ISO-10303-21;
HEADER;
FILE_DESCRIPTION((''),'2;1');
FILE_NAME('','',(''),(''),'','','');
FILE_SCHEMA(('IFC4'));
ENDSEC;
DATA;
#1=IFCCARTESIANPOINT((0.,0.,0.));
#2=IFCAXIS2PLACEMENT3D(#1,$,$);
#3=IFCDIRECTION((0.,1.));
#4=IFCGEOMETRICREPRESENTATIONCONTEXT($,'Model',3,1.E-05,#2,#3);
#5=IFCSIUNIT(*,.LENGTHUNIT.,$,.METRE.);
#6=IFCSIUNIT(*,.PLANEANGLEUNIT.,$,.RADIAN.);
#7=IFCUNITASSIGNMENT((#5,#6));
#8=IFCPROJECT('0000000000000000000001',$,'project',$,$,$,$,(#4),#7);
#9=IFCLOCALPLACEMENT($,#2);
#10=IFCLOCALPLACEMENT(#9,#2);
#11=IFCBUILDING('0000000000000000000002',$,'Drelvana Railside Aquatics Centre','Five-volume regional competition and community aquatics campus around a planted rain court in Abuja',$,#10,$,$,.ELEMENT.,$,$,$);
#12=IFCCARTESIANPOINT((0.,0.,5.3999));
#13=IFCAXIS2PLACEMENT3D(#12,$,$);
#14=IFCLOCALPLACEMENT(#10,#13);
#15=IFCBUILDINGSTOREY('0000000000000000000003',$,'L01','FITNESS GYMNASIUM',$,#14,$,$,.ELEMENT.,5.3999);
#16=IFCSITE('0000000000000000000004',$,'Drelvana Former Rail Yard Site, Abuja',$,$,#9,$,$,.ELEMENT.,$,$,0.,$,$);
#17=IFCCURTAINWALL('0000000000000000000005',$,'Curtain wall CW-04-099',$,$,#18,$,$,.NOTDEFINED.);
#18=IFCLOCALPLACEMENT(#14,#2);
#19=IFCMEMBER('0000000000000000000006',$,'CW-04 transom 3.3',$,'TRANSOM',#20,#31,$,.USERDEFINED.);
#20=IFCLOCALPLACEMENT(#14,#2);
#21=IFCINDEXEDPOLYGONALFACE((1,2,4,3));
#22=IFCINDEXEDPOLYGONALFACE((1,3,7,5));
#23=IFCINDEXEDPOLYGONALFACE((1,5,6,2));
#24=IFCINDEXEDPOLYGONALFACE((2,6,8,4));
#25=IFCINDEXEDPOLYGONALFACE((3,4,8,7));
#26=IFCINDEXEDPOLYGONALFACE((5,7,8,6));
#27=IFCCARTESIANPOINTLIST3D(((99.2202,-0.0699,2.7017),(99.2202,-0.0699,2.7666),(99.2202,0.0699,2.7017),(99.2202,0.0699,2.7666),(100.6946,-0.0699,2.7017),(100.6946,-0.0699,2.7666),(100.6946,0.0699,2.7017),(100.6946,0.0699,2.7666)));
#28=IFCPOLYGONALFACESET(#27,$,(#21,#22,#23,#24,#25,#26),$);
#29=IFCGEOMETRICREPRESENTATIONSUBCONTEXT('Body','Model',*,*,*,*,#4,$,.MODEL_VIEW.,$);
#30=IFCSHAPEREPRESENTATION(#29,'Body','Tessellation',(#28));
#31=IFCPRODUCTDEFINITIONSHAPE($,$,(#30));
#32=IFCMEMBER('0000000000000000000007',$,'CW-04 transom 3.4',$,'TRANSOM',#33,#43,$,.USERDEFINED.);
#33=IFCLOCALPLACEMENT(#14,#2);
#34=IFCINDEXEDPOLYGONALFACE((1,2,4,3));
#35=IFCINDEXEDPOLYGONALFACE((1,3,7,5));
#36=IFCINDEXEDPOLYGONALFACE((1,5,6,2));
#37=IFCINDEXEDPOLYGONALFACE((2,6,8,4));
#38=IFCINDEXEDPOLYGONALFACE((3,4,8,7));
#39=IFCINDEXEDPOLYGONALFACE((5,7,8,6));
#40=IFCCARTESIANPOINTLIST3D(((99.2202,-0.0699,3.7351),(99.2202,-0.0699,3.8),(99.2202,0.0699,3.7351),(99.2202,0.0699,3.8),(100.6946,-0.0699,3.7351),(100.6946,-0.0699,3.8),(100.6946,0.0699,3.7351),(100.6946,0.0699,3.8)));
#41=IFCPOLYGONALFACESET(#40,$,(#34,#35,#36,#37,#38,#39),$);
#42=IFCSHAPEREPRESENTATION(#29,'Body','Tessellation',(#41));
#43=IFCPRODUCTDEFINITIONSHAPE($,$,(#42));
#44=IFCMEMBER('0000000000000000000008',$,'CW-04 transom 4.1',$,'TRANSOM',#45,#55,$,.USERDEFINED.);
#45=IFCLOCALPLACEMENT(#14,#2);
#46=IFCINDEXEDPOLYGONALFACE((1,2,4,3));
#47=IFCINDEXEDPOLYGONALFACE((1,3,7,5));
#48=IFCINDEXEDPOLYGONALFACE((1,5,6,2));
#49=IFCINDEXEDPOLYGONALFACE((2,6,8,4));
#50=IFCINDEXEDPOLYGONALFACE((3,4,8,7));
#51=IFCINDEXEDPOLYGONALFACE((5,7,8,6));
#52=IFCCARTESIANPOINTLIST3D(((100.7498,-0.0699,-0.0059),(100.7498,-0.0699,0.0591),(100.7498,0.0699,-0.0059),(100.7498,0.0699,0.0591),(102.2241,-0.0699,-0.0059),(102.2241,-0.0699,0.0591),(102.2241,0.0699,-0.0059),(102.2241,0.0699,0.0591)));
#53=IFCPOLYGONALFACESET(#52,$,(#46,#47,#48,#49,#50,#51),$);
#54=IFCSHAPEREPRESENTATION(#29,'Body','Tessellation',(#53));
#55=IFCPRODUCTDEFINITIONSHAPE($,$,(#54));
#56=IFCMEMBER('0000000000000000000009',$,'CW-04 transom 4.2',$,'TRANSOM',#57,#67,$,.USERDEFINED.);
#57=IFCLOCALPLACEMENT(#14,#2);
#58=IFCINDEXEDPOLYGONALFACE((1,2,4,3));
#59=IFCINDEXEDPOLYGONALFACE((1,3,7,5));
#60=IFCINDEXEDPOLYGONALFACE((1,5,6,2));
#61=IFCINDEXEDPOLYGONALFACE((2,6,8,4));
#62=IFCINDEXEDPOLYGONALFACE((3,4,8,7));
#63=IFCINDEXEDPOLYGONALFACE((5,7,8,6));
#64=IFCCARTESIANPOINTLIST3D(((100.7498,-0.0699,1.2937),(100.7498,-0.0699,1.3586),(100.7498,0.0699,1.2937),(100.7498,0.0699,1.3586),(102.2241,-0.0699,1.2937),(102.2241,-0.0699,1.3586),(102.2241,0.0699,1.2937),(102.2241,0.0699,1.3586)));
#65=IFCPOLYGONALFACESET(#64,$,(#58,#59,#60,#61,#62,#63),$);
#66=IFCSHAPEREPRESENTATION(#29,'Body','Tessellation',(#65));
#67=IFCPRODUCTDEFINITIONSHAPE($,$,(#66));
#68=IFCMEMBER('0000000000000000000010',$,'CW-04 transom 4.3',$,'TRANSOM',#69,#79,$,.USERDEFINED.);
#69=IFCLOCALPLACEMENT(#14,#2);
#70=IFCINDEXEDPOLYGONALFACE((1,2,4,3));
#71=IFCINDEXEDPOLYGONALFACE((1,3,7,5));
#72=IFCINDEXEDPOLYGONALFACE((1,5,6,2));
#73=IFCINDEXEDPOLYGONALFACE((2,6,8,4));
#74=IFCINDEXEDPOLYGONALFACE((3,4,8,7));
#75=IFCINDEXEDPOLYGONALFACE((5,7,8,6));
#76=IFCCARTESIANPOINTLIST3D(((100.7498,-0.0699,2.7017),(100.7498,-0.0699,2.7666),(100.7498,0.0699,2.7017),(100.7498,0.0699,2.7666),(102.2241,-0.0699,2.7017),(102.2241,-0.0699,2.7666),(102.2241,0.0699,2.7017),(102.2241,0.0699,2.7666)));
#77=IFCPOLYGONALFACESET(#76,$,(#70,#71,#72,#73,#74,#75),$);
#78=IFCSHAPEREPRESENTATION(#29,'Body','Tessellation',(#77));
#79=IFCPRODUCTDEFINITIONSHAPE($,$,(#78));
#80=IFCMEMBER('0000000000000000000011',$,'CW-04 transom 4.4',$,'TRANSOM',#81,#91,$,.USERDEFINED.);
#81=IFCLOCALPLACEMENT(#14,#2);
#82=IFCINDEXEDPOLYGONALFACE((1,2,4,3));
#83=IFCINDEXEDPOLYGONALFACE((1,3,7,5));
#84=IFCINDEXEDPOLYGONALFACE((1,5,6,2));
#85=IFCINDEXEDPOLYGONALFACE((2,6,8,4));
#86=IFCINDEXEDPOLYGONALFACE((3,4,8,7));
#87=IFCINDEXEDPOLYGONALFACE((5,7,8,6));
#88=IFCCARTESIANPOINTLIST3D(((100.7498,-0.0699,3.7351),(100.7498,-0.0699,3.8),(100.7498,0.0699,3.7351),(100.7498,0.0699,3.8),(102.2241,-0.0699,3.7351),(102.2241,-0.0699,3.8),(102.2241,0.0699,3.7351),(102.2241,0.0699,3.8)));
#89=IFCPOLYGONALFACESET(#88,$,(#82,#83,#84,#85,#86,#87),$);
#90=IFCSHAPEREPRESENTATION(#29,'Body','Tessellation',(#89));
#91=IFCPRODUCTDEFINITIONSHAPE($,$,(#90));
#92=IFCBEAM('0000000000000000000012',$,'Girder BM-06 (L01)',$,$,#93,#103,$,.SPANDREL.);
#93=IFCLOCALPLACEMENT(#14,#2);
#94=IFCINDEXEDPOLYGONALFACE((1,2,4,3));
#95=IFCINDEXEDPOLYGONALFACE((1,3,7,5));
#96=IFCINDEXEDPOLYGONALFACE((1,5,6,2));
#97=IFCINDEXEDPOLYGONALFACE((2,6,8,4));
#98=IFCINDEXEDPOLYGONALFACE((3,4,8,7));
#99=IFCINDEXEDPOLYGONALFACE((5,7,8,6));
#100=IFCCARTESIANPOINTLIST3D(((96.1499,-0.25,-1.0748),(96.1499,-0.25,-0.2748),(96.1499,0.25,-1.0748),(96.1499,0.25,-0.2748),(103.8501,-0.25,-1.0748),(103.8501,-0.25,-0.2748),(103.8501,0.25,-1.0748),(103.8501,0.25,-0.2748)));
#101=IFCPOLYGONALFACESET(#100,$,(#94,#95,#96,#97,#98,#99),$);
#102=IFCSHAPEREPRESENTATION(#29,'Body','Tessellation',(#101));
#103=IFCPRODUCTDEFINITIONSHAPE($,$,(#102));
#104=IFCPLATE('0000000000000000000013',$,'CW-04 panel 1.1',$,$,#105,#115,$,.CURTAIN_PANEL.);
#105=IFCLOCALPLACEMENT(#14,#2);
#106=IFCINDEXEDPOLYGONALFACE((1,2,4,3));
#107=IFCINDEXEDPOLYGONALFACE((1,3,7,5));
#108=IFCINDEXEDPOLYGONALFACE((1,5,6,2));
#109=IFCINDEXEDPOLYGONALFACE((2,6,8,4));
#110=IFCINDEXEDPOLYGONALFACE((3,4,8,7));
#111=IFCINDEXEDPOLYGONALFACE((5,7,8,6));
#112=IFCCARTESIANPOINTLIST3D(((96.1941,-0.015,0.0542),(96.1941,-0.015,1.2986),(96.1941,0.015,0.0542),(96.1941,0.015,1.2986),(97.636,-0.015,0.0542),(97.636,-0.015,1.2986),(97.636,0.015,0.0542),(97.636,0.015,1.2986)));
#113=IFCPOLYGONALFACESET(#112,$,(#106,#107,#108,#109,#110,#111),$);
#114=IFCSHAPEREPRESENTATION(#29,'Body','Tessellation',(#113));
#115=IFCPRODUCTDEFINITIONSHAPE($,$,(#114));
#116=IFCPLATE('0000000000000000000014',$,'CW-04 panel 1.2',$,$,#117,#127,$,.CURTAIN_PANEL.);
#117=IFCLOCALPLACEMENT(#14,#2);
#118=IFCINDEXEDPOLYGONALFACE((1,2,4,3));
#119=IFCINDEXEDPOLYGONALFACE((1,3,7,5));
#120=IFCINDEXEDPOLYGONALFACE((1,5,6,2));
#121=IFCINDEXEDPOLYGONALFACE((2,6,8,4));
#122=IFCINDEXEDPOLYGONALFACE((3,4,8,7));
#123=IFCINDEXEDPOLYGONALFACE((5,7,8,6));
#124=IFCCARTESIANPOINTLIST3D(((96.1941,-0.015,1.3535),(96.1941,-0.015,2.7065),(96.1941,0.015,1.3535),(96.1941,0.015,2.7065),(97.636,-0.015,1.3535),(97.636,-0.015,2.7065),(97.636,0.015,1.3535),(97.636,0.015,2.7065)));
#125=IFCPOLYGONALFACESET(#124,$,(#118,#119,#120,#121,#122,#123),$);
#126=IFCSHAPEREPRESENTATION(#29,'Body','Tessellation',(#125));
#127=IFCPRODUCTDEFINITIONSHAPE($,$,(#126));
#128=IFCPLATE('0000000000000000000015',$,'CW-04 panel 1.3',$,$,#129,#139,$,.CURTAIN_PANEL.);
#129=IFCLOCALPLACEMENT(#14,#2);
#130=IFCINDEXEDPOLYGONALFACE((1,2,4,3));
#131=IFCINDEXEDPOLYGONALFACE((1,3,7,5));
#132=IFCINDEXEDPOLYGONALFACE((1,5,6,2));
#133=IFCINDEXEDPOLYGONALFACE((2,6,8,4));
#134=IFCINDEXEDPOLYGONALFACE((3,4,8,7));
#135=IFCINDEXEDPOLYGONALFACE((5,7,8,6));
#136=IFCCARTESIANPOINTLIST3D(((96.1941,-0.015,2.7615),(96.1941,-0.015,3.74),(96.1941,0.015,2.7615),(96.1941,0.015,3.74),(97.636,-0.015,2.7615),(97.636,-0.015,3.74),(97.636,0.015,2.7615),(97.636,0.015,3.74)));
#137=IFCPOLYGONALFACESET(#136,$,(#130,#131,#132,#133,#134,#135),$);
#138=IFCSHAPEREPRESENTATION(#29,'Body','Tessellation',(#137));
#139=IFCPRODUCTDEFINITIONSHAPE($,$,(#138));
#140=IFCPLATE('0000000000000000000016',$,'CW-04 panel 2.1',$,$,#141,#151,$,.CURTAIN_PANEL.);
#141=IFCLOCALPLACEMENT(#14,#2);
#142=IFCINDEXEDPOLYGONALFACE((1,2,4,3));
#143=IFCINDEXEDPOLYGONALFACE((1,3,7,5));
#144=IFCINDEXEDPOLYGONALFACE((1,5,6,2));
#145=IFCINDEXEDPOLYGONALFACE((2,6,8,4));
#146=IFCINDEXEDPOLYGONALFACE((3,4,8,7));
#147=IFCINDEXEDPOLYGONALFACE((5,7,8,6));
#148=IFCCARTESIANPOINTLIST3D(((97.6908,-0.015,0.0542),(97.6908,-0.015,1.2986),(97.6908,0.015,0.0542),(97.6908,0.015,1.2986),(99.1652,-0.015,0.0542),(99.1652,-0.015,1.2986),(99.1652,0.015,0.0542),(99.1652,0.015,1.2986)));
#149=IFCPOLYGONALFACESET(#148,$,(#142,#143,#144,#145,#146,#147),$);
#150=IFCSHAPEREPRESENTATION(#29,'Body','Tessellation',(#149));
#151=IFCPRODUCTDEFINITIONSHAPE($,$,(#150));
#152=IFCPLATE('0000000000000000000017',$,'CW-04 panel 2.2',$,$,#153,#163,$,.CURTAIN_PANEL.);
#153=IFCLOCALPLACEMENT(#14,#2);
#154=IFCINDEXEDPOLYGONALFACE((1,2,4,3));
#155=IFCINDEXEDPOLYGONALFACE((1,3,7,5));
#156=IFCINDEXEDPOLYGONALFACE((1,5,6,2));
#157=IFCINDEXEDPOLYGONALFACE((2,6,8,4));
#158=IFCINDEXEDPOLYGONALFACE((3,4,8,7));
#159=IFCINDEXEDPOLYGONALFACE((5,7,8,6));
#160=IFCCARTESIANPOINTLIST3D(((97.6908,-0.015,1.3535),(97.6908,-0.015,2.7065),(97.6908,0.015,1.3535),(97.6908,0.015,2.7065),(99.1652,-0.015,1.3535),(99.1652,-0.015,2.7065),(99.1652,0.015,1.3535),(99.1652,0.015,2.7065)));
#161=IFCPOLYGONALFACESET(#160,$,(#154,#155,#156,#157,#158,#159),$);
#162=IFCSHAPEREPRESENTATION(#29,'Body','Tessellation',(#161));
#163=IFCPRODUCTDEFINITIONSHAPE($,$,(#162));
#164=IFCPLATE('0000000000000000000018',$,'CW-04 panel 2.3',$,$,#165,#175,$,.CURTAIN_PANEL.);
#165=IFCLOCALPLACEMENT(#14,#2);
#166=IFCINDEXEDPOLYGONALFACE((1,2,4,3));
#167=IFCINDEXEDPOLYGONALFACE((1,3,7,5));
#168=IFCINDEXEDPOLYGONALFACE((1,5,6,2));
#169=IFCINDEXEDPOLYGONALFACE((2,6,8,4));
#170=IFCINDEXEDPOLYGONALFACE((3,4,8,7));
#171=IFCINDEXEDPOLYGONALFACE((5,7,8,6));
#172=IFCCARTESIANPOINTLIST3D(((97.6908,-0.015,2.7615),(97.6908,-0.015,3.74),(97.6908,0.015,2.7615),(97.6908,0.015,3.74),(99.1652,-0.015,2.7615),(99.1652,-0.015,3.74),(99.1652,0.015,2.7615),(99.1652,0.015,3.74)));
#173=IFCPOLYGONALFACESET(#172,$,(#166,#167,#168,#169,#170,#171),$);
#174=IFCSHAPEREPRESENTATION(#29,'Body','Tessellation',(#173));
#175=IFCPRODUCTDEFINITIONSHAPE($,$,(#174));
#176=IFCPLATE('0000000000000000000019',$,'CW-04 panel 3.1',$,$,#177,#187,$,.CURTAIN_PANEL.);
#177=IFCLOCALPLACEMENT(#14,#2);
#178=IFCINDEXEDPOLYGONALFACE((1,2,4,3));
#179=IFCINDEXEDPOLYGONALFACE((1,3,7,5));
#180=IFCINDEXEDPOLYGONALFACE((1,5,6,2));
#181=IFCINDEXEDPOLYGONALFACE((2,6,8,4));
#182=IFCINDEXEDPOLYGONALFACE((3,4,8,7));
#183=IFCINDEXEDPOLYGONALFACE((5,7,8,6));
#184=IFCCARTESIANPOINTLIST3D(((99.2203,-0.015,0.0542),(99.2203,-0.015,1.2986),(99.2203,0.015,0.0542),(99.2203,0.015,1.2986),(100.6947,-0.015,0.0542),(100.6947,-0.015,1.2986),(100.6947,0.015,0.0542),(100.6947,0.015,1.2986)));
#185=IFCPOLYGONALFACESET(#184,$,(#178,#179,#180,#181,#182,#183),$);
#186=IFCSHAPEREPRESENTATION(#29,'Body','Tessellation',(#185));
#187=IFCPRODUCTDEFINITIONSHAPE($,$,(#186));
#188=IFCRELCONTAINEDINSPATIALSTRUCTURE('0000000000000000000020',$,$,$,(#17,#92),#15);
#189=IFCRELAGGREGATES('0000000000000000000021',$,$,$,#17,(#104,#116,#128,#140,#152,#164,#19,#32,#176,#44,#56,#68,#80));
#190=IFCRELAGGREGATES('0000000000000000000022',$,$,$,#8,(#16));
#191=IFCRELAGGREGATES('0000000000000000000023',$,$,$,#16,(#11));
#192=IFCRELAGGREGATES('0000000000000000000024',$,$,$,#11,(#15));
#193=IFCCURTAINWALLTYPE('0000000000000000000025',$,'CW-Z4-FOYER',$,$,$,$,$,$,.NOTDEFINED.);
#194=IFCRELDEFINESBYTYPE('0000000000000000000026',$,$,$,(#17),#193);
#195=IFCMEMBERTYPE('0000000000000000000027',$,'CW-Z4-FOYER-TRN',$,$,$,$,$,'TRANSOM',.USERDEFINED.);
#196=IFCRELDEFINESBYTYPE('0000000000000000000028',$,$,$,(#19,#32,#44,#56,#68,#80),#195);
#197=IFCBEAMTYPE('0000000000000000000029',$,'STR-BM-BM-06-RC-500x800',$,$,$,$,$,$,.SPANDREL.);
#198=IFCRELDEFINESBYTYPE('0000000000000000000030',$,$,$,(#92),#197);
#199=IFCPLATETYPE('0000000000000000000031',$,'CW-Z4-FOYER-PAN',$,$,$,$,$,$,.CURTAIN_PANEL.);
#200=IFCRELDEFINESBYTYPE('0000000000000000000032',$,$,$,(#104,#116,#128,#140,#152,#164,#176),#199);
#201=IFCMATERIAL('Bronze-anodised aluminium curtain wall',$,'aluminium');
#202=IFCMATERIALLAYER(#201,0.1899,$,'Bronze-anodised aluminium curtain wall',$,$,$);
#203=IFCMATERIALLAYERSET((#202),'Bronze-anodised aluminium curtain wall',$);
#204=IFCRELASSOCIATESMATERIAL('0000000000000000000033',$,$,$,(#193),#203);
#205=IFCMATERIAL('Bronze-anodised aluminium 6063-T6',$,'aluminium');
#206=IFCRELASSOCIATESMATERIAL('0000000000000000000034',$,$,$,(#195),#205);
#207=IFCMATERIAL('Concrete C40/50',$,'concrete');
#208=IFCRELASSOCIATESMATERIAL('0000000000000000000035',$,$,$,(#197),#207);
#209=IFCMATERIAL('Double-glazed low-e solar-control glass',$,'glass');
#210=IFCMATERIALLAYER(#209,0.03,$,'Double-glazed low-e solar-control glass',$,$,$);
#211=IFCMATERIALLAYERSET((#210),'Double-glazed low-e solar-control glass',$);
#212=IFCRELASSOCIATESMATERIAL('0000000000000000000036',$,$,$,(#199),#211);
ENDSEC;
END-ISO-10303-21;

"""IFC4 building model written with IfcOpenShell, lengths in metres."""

from ifc_helpers import new_model, si_unit, direction, frame, origin, origin_2d, place, context, subcontext, project, spatial, rectangle, extrude, material, layer, layer_set, material_profile, profile_set, type_object, element, aggregate, save


model = new_model("IFC4")

# Units and contexts
model_context = context("Model", 3, precision=1e-05, world=origin(), true_north=direction((0.0, 1.0)))
body_context = subcontext(model_context, "Body", "Model", "MODEL_VIEW")
ifc_project = project(units=[si_unit("LENGTHUNIT", "METRE"), si_unit("PLANEANGLEUNIT", "RADIAN")], contexts=[model_context])

# Site, building, storey
site_placement = place(None, origin())
site = spatial("IfcSite", under=ifc_project, at=site_placement, Name="Drelvana Former Rail Yard Site, Abuja", CompositionType="ELEMENT", RefElevation=0.0)
building_placement = place(site_placement, origin())
building = spatial("IfcBuilding", under=site, at=building_placement, Name="Drelvana Railside Aquatics Centre", Description="Five-volume regional competition and community aquatics campus around a planted rain court in Abuja", CompositionType="ELEMENT")
storey_placement = place(building_placement, frame((0.0, 0.0, 5.3999)))
storey = spatial("IfcBuildingStorey", under=building, at=storey_placement, Name="L01", Description="FITNESS GYMNASIUM", CompositionType="ELEMENT", Elevation=5.3999)

# Curtain wall, members
ifc_material_1 = material(Name="Bronze-anodised aluminium curtain wall", Category="aluminium")
ifc_layer_1 = layer(ifc_material_1, 0.1899, Name="Bronze-anodised aluminium curtain wall")
ifc_layer_set_1 = layer_set([ifc_layer_1], Name="Bronze-anodised aluminium curtain wall")
curtain_wall_type = type_object("IfcCurtainWallType", Name="CW-Z4-FOYER", PredefinedType="NOTDEFINED", material=ifc_layer_set_1)
curtain_wall_placement = place(storey_placement, origin())
curtain_wall = element("IfcCurtainWall", 1, at=curtain_wall_placement, inside=storey, type_object=curtain_wall_type, Name="Curtain wall CW-04-099", PredefinedType="NOTDEFINED")
ifc_material_2 = material(Name="Bronze-anodised aluminium 6063-T6", Category="aluminium")
ifc_material_profile_1 = material_profile(ifc_material_2, rectangle(XDim=0.1399, YDim=0.0649, at=origin_2d()), Name="ALU-T 65x140")
ifc_profile_set_1 = profile_set([ifc_material_profile_1], Name="Bronze-anodised aluminium 6063-T6")
member_type_1 = type_object("IfcMemberType", Name="CW-Z4-FOYER-TRN", ElementType="TRANSOM", PredefinedType="USERDEFINED", material=ifc_profile_set_1)
member_1_placement = place(storey_placement, frame((99.2202, 0.0, 2.7341), z_axis=(1.0, 0.0, 0.0), x_axis=(0.0, 1.0, 0.0)))
member_1 = element("IfcMember", 2, at=member_1_placement, type_object=member_type_1, Name="CW-04 transom 3.3", ObjectType="TRANSOM", PredefinedType="USERDEFINED", context=body_context, shape_type="SweptSolid", body=[
    extrude(rectangle(XDim=0.1399, YDim=0.0649, at=origin_2d()), origin(), (0.0, 0.0, 1.0), 1.4744),
])
member_2_placement = place(storey_placement, frame((99.2202, 0.0, 3.7676), z_axis=(1.0, 0.0, 0.0), x_axis=(0.0, 1.0, 0.0)))
member_2 = element("IfcMember", 3, at=member_2_placement, type_object=member_type_1, Name="CW-04 transom 3.4", ObjectType="TRANSOM", PredefinedType="USERDEFINED", context=body_context, shape_type="SweptSolid", body=[
    extrude(rectangle(XDim=0.1399, YDim=0.0649, at=origin_2d()), origin(), (0.0, 0.0, 1.0), 1.4744),
])
member_3_placement = place(storey_placement, frame((100.7498, 0.0, 0.0266), z_axis=(1.0, 0.0, 0.0), x_axis=(0.0, 1.0, 0.0)))
member_3 = element("IfcMember", 4, at=member_3_placement, type_object=member_type_1, Name="CW-04 transom 4.1", ObjectType="TRANSOM", PredefinedType="USERDEFINED", context=body_context, shape_type="SweptSolid", body=[
    extrude(rectangle(XDim=0.1399, YDim=0.0649, at=origin_2d()), origin(), (0.0, 0.0, 1.0), 1.4744),
])
member_4_placement = place(storey_placement, frame((100.7498, 0.0, 1.3262), z_axis=(1.0, 0.0, 0.0), x_axis=(0.0, 1.0, 0.0)))
member_4 = element("IfcMember", 5, at=member_4_placement, type_object=member_type_1, Name="CW-04 transom 4.2", ObjectType="TRANSOM", PredefinedType="USERDEFINED", context=body_context, shape_type="SweptSolid", body=[
    extrude(rectangle(XDim=0.1399, YDim=0.0649, at=origin_2d()), origin(), (0.0, 0.0, 1.0), 1.4744),
])
member_5_placement = place(storey_placement, frame((100.7498, 0.0, 2.7341), z_axis=(1.0, 0.0, 0.0), x_axis=(0.0, 1.0, 0.0)))
member_5 = element("IfcMember", 6, at=member_5_placement, type_object=member_type_1, Name="CW-04 transom 4.3", ObjectType="TRANSOM", PredefinedType="USERDEFINED", context=body_context, shape_type="SweptSolid", body=[
    extrude(rectangle(XDim=0.1399, YDim=0.0649, at=origin_2d()), origin(), (0.0, 0.0, 1.0), 1.4744),
])
member_6_placement = place(storey_placement, frame((100.7498, 0.0, 3.7676), z_axis=(1.0, 0.0, 0.0), x_axis=(0.0, 1.0, 0.0)))
member_6 = element("IfcMember", 7, at=member_6_placement, type_object=member_type_1, Name="CW-04 transom 4.4", ObjectType="TRANSOM", PredefinedType="USERDEFINED", context=body_context, shape_type="SweptSolid", body=[
    extrude(rectangle(XDim=0.1399, YDim=0.0649, at=origin_2d()), origin(), (0.0, 0.0, 1.0), 1.4744),
])

# Beam
ifc_material_3 = material(Name="Concrete C40/50", Category="concrete")
ifc_material_profile_2 = material_profile(ifc_material_3, rectangle(XDim=0.5, YDim=0.8, at=origin_2d()), Name="RC 500x800")
ifc_profile_set_2 = profile_set([ifc_material_profile_2], Name="Concrete C40/50")
beam_type = type_object("IfcBeamType", Name="STR-BM-BM-06-RC-500x800", PredefinedType="SPANDREL", material=ifc_profile_set_2)
beam_placement = place(storey_placement, frame((96.1499, 0.0, -0.6748), z_axis=(1.0, 0.0, 0.0), x_axis=(0.0, 1.0, 0.0)))
element("IfcBeam", 8, at=beam_placement, inside=storey, type_object=beam_type, Name="Girder BM-06 (L01)", PredefinedType="SPANDREL", context=body_context, shape_type="SweptSolid", body=[
    extrude(rectangle(XDim=0.5, YDim=0.8, at=origin_2d()), origin(), (0.0, 0.0, 1.0), 7.7002),
])

# Plates
ifc_material_4 = material(Name="Double-glazed low-e solar-control glass", Category="glass")
ifc_layer_2 = layer(ifc_material_4, 0.03, Name="Double-glazed low-e solar-control glass")
ifc_layer_set_2 = layer_set([ifc_layer_2], Name="Double-glazed low-e solar-control glass")
plate_type = type_object("IfcPlateType", Name="CW-Z4-FOYER-PAN", PredefinedType="CURTAIN_PANEL", material=ifc_layer_set_2)
plate_1_placement = place(storey_placement, frame((96.915, 0.0, 0.0542), z_axis=(0.0, 0.0, 1.0), x_axis=(1.0, 0.0, 0.0)))
plate_1 = element("IfcPlate", 9, at=plate_1_placement, type_object=plate_type, Name="CW-04 panel 1.1", PredefinedType="CURTAIN_PANEL", context=body_context, shape_type="SweptSolid", body=[
    extrude(rectangle(XDim=1.4419, YDim=0.03, at=origin_2d()), origin(), (0.0, 0.0, 1.0), 1.2444),
])
plate_2_placement = place(storey_placement, frame((96.915, 0.0, 1.3535), z_axis=(0.0, 0.0, 1.0), x_axis=(1.0, 0.0, 0.0)))
plate_2 = element("IfcPlate", 10, at=plate_2_placement, type_object=plate_type, Name="CW-04 panel 1.2", PredefinedType="CURTAIN_PANEL", context=body_context, shape_type="SweptSolid", body=[
    extrude(rectangle(XDim=1.4419, YDim=0.03, at=origin_2d()), origin(), (0.0, 0.0, 1.0), 1.353),
])
plate_3_placement = place(storey_placement, frame((96.915, 0.0, 2.7615), z_axis=(0.0, 0.0, 1.0), x_axis=(1.0, 0.0, 0.0)))
plate_3 = element("IfcPlate", 11, at=plate_3_placement, type_object=plate_type, Name="CW-04 panel 1.3", PredefinedType="CURTAIN_PANEL", context=body_context, shape_type="SweptSolid", body=[
    extrude(rectangle(XDim=1.4419, YDim=0.03, at=origin_2d()), origin(), (0.0, 0.0, 1.0), 0.9785),
])
plate_4_placement = place(storey_placement, frame((98.428, 0.0, 0.0542), z_axis=(0.0, 0.0, 1.0), x_axis=(1.0, 0.0, 0.0)))
plate_4 = element("IfcPlate", 12, at=plate_4_placement, type_object=plate_type, Name="CW-04 panel 2.1", PredefinedType="CURTAIN_PANEL", context=body_context, shape_type="SweptSolid", body=[
    extrude(rectangle(XDim=1.4744, YDim=0.03, at=origin_2d()), origin(), (0.0, 0.0, 1.0), 1.2444),
])
plate_5_placement = place(storey_placement, frame((98.428, 0.0, 1.3535), z_axis=(0.0, 0.0, 1.0), x_axis=(1.0, 0.0, 0.0)))
plate_5 = element("IfcPlate", 13, at=plate_5_placement, type_object=plate_type, Name="CW-04 panel 2.2", PredefinedType="CURTAIN_PANEL", context=body_context, shape_type="SweptSolid", body=[
    extrude(rectangle(XDim=1.4744, YDim=0.03, at=origin_2d()), origin(), (0.0, 0.0, 1.0), 1.353),
])
plate_6_placement = place(storey_placement, frame((98.428, 0.0, 2.7615), z_axis=(0.0, 0.0, 1.0), x_axis=(1.0, 0.0, 0.0)))
plate_6 = element("IfcPlate", 14, at=plate_6_placement, type_object=plate_type, Name="CW-04 panel 2.3", PredefinedType="CURTAIN_PANEL", context=body_context, shape_type="SweptSolid", body=[
    extrude(rectangle(XDim=1.4744, YDim=0.03, at=origin_2d()), origin(), (0.0, 0.0, 1.0), 0.9785),
])
plate_7_placement = place(storey_placement, frame((99.9575, 0.0, 0.0542), z_axis=(0.0, 0.0, 1.0), x_axis=(1.0, 0.0, 0.0)))
plate_7 = element("IfcPlate", 15, at=plate_7_placement, type_object=plate_type, Name="CW-04 panel 3.1", PredefinedType="CURTAIN_PANEL", context=body_context, shape_type="SweptSolid", body=[
    extrude(rectangle(XDim=1.4744, YDim=0.03, at=origin_2d()), origin(), (0.0, 0.0, 1.0), 1.2444),
])
aggregate(curtain_wall, [plate_1, plate_2, plate_3, plate_4, plate_5, plate_6, member_1, member_2, plate_7, member_3, member_4, member_5, member_6])

save(model, "model.ifc")
